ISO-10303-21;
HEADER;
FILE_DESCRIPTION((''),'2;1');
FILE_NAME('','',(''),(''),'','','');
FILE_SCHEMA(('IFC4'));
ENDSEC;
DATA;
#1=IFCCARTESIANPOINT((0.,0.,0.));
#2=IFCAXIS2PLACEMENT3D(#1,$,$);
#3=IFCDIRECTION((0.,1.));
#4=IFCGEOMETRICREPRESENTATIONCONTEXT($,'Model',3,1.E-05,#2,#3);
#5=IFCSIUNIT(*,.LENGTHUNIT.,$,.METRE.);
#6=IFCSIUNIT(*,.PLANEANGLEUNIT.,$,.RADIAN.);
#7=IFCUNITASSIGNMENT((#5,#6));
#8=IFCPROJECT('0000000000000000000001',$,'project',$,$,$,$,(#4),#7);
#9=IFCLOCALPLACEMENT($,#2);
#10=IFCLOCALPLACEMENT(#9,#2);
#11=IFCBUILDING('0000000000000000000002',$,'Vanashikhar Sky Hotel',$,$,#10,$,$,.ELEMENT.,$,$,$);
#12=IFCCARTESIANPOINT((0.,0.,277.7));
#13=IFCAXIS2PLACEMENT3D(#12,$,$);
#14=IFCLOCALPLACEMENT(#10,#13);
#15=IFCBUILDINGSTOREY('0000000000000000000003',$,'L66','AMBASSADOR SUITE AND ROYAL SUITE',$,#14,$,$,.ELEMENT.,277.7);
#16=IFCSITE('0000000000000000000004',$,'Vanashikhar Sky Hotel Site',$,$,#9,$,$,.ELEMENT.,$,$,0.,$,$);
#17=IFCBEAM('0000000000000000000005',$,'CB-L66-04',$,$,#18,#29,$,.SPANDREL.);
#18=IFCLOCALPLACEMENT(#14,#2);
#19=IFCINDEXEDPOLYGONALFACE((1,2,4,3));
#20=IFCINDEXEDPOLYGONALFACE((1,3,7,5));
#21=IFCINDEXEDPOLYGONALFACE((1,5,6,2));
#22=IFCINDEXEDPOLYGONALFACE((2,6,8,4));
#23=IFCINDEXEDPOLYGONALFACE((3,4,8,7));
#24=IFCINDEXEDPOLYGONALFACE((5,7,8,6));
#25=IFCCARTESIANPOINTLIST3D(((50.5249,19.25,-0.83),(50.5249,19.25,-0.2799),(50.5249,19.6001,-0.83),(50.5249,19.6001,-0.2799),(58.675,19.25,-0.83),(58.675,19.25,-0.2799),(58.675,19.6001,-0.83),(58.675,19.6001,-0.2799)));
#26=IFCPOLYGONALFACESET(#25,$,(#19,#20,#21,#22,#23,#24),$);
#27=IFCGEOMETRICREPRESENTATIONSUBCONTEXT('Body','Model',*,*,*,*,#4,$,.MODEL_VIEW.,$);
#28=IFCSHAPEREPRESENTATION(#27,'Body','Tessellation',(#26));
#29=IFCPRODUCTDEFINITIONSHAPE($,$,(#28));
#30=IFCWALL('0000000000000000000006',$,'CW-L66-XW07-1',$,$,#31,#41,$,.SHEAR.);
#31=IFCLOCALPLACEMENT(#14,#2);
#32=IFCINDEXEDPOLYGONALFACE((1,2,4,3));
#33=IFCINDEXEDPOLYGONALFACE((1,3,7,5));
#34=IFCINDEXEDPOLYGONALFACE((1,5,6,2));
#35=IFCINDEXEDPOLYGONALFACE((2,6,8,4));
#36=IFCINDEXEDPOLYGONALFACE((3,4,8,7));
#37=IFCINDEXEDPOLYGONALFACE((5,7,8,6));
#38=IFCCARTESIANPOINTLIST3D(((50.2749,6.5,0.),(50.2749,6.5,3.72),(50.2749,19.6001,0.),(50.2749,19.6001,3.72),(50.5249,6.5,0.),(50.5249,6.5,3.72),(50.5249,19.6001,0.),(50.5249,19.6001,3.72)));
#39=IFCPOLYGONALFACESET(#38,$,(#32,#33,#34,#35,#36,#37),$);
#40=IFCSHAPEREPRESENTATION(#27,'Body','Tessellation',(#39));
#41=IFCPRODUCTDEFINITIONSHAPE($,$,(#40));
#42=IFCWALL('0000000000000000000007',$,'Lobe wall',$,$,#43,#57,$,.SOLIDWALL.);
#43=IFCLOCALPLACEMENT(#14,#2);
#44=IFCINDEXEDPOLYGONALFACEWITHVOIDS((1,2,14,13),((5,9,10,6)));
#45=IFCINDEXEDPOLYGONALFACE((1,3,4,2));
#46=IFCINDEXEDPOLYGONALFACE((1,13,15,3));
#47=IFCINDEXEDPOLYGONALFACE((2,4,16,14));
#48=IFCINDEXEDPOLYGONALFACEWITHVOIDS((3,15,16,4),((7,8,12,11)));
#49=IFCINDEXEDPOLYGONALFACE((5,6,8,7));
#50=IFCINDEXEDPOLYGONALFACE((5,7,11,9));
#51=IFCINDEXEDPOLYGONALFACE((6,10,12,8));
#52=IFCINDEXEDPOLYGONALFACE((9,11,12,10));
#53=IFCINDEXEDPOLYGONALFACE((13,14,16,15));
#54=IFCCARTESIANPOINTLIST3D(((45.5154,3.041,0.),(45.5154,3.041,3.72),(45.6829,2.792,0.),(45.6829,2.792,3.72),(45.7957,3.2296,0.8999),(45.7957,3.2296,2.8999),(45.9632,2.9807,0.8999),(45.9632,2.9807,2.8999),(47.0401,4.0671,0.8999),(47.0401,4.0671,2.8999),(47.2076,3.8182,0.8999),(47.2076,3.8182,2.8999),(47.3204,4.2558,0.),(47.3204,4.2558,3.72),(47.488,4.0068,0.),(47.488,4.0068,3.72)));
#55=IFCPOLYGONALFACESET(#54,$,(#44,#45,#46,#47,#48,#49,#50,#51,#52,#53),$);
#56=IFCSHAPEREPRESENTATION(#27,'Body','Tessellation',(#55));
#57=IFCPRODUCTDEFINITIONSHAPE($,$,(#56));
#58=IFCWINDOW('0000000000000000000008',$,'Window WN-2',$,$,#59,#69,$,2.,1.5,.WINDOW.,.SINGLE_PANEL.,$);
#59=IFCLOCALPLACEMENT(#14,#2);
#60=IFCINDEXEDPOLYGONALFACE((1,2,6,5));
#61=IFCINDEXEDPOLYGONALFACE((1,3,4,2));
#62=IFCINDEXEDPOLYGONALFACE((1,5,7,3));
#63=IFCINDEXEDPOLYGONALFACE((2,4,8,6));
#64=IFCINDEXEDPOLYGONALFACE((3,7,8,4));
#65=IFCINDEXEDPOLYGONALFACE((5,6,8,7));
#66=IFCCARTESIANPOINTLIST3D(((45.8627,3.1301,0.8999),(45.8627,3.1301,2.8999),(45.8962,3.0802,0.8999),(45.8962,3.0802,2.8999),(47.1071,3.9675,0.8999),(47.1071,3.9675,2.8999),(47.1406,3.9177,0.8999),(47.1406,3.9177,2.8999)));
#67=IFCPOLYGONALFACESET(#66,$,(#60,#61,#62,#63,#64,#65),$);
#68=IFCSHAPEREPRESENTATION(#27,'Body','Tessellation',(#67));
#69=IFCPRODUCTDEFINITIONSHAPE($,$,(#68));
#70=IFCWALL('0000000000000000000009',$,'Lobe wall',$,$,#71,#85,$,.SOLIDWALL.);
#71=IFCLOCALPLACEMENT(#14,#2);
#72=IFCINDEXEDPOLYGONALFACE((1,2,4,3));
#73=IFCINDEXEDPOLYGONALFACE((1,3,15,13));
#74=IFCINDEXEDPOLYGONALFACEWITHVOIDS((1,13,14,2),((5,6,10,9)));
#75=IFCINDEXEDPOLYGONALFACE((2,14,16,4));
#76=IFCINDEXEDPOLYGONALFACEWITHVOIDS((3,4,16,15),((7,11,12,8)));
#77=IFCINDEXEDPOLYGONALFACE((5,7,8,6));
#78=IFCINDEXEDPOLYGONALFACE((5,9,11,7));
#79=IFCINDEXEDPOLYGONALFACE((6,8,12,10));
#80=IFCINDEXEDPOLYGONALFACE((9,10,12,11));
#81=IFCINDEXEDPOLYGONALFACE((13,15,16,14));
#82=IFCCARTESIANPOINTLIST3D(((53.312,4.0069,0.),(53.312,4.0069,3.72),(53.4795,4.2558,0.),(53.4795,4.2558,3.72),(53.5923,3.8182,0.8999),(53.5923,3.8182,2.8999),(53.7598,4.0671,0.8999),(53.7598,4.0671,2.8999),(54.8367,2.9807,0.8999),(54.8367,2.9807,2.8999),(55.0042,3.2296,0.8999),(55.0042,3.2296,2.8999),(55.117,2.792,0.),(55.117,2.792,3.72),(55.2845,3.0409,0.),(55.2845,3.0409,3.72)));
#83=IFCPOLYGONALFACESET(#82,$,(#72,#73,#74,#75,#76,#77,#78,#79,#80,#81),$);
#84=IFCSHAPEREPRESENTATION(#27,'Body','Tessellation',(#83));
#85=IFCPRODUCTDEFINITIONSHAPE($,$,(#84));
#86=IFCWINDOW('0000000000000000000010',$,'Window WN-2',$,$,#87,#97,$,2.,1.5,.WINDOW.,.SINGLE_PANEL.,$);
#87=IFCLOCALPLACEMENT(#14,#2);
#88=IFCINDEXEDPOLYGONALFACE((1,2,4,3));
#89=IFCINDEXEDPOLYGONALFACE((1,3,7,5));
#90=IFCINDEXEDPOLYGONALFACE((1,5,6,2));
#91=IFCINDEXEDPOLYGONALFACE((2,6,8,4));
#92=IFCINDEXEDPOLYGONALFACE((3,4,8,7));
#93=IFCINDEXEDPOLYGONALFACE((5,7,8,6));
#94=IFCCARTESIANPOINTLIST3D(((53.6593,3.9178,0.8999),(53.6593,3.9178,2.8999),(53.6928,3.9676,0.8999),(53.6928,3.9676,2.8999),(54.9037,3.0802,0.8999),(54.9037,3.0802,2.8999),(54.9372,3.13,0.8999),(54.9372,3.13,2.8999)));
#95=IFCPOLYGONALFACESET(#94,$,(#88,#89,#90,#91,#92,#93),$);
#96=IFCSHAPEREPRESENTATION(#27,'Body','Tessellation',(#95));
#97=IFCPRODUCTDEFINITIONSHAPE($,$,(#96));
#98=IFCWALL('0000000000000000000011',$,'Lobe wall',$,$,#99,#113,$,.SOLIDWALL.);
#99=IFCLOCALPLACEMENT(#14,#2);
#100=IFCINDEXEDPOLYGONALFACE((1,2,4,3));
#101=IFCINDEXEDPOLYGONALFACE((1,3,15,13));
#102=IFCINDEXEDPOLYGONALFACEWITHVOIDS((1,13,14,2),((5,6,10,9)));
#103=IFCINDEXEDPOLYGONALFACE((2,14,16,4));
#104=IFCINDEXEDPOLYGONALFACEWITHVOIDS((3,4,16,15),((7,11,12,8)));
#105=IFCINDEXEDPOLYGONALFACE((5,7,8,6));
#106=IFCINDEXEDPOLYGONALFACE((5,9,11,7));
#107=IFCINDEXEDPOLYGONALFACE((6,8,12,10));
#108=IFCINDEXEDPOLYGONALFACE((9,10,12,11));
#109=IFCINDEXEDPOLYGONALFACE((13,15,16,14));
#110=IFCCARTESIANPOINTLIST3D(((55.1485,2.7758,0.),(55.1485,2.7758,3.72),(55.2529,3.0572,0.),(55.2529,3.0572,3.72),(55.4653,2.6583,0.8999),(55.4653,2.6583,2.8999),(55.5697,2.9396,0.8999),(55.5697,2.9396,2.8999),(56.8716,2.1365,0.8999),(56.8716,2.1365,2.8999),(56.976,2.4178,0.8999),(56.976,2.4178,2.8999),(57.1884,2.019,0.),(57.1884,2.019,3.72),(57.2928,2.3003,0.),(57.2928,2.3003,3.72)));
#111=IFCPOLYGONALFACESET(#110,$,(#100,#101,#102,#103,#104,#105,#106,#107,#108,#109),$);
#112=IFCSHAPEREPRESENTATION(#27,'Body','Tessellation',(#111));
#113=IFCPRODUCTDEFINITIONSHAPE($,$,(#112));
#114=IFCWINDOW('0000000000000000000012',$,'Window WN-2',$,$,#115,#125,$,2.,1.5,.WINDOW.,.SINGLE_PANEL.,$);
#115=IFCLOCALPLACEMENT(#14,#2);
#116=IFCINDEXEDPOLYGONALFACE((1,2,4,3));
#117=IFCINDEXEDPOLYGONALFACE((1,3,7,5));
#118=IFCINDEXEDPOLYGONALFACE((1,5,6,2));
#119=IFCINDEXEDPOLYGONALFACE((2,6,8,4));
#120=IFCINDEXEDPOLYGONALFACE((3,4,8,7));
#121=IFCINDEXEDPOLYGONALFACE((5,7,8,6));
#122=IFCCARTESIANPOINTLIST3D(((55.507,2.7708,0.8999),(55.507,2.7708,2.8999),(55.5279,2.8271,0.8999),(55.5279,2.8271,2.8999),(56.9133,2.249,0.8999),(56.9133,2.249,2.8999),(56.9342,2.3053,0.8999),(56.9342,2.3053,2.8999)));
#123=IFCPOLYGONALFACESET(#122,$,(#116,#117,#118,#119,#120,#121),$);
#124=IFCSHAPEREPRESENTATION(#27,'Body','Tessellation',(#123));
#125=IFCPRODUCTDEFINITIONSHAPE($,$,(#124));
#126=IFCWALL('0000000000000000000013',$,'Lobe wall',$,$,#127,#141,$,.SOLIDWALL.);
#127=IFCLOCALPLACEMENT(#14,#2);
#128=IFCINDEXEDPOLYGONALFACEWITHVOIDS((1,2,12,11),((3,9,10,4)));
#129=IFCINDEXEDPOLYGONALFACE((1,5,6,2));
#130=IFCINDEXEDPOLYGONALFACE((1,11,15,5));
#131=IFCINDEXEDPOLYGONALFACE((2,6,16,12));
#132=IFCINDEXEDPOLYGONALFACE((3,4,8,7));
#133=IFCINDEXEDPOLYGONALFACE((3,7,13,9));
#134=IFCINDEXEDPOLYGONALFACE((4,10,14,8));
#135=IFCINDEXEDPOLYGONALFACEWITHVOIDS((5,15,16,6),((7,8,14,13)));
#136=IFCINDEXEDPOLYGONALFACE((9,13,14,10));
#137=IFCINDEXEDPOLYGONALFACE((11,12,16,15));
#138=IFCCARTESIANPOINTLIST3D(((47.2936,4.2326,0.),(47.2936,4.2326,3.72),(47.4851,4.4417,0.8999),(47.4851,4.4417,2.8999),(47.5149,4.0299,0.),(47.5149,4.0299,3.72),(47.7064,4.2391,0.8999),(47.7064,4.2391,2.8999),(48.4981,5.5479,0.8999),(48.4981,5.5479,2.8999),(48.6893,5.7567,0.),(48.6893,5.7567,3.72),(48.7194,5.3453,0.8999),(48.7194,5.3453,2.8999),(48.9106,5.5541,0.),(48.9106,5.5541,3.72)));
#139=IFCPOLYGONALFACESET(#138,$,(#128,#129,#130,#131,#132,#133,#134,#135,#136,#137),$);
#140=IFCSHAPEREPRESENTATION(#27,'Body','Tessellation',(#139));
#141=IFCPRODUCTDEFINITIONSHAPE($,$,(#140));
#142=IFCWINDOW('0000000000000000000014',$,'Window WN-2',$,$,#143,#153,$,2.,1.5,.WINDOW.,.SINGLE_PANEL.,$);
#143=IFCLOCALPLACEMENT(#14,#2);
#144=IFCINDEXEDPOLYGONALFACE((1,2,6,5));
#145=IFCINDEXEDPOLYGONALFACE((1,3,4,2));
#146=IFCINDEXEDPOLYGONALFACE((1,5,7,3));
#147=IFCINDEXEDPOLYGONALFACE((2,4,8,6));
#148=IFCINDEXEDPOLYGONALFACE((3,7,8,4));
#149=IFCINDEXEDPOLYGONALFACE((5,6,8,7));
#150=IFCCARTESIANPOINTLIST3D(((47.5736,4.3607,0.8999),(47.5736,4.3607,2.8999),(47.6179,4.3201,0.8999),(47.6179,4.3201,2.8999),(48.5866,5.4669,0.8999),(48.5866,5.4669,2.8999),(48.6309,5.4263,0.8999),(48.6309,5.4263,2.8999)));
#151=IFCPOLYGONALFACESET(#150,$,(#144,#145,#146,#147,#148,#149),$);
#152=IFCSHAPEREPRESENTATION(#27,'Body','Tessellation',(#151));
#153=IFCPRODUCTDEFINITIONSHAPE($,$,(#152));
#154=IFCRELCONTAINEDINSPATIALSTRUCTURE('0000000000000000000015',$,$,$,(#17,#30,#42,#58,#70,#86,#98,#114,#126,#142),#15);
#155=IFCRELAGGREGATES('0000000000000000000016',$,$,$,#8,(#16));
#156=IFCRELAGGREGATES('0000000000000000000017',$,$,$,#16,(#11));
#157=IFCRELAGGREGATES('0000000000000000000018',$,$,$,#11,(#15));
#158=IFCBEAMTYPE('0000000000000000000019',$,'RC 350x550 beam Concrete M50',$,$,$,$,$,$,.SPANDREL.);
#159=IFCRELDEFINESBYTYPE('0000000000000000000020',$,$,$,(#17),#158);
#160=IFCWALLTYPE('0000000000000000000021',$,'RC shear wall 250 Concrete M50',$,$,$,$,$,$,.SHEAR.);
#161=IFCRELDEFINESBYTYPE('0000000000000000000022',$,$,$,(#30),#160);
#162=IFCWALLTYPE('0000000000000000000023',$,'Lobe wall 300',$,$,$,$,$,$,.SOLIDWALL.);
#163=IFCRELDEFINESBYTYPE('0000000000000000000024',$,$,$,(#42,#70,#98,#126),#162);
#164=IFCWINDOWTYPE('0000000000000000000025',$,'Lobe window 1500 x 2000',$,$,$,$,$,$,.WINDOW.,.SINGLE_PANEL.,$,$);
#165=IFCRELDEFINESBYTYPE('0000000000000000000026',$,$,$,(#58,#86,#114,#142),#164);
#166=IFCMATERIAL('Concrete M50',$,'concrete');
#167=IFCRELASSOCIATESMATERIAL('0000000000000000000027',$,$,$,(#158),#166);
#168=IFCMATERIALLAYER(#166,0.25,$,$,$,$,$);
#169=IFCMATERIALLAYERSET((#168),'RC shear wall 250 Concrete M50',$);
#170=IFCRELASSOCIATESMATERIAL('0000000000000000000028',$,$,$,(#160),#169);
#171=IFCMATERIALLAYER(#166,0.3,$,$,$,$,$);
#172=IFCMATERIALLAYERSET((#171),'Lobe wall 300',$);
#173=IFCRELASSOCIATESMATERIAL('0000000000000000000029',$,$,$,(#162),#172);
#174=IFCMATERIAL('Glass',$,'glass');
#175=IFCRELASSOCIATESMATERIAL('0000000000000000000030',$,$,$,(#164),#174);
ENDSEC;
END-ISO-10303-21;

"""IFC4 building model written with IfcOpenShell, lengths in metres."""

from ifc_helpers import new_model, si_unit, direction, frame, frame_2d, origin, origin_2d, place, context, subcontext, project, spatial, rectangle, extrude, source, transform, mapped, material, layer, layer_set, material_profile, profile_set, type_object, element, fill, save


model = new_model("IFC4")

# Units and contexts
model_context = context("Model", 3, precision=1e-05, world=origin(), true_north=direction((0.0, 1.0)))
body_context = subcontext(model_context, "Body", "Model", "MODEL_VIEW")
ifc_project = project(units=[si_unit("LENGTHUNIT", "METRE"), si_unit("PLANEANGLEUNIT", "RADIAN")], contexts=[model_context])

# Site, building, storey
site_placement = place(None, origin())
site = spatial("IfcSite", under=ifc_project, at=site_placement, Name="Vanashikhar Sky Hotel Site", CompositionType="ELEMENT", RefElevation=0.0)
building_placement = place(site_placement, origin())
building = spatial("IfcBuilding", under=site, at=building_placement, Name="Vanashikhar Sky Hotel", CompositionType="ELEMENT")
storey_placement = place(building_placement, frame((0.0, 0.0, 277.7)))
storey = spatial("IfcBuildingStorey", under=building, at=storey_placement, Name="L66", Description="AMBASSADOR SUITE AND ROYAL SUITE", CompositionType="ELEMENT", Elevation=277.7)

# Beam
ifc_material_1 = material(Name="Concrete M50", Category="concrete")
ifc_material_profile_1 = material_profile(ifc_material_1, rectangle(XDim=0.3501, YDim=0.55, at=origin_2d()))
ifc_profile_set_1 = profile_set([ifc_material_profile_1], Name="RC 350x550 beam Concrete M50")
beam_type = type_object("IfcBeamType", Name="RC 350x550 beam Concrete M50", PredefinedType="SPANDREL", material=ifc_profile_set_1)
shared_shape_1 = source(origin(), body_context, "Body", "SweptSolid", [
    extrude(rectangle(XDim=0.3501, YDim=0.55, at=origin_2d()), origin(), (0.0, 0.0, 1.0), 8.1501),
])
beam_placement = place(storey_placement, frame((50.5249, 19.425, -0.5549), z_axis=(1.0, 0.0, 0.0), x_axis=(0.0, 1.0, 0.0)))
element("IfcBeam", 1, at=beam_placement, inside=storey, type_object=beam_type, Name="CB-L66-04", PredefinedType="SPANDREL", context=body_context, shape_type="MappedRepresentation", body=[
    mapped(shared_shape_1, transform((0.0, 0.0, 0.0), scale=1.0)),
])

# Wall
ifc_layer_1 = layer(ifc_material_1, 0.25)
ifc_layer_set_1 = layer_set([ifc_layer_1], Name="RC shear wall 250 Concrete M50")
wall_type_1 = type_object("IfcWallType", Name="RC shear wall 250 Concrete M50", PredefinedType="SHEAR", material=ifc_layer_set_1)
shared_shape_2 = source(origin(), body_context, "Body", "SweptSolid", [
    extrude(rectangle(XDim=13.1001, YDim=0.25, at=frame_2d((6.55, 0.0))), origin(), (0.0, 0.0, 1.0), 3.72),
])
wall_1_placement = place(storey_placement, frame((50.3999, 6.5, 0.0), z_axis=(0.0, 0.0, 1.0), x_axis=(0.0, 1.0, 0.0)))
element("IfcWall", 2, at=wall_1_placement, inside=storey, type_object=wall_type_1, Name="CW-L66-XW07-1", PredefinedType="SHEAR", context=body_context, shape_type="MappedRepresentation", body=[
    mapped(shared_shape_2, transform((0.0, 0.0, 0.0), scale=1.0)),
])

# Walls, openings, windows
ifc_layer_2 = layer(ifc_material_1, 0.3)
ifc_layer_set_2 = layer_set([ifc_layer_2], Name="Lobe wall 300")
wall_type_2 = type_object("IfcWallType", Name="Lobe wall 300", PredefinedType="SOLIDWALL", material=ifc_layer_set_2)
shared_shape_3 = source(origin(), body_context, "Body", "SweptSolid", [
    extrude(rectangle(XDim=2.1758, YDim=0.3, at=frame_2d((1.0879, 0.0))), origin(), (0.0, 0.0, 1.0), 3.72),
])
wall_2_placement = place(storey_placement, frame((45.5991, 2.9165, 0.0), z_axis=(0.0, 0.0, 1.0), x_axis=(0.829626, 0.55832, 0.0)))
wall_2 = element("IfcWall", 3, at=wall_2_placement, inside=storey, type_object=wall_type_2, Name="Lobe wall", PredefinedType="SOLIDWALL", context=body_context, shape_type="MappedRepresentation", body=[
    mapped(shared_shape_3, transform((0.0, 0.0, 0.0), scale=1.0)),
])
shared_shape_4 = source(origin(), body_context, "Body", "SweptSolid", [
    extrude(rectangle(XDim=1.5, YDim=2.0, at=frame_2d((0.75, 1.0))), frame((0.0, 0.1602, 0.0), z_axis=(0.0, -1.0, 0.0), x_axis=(1.0, 0.0, 0.0)), (0.0, 0.0, 1.0), 0.3201),
])
opening_1_placement = place(wall_2_placement, frame((0.3379, 0.0, 0.8999)))
opening_1 = element("IfcOpeningElement", 4, at=opening_1_placement, cuts=wall_2, PredefinedType="OPENING", context=body_context, shape_type="MappedRepresentation", body=[
    mapped(shared_shape_4, transform((0.0, 0.0, 0.0), scale=1.0)),
])
ifc_material_2 = material(Name="Glass", Category="glass")
window_type = type_object("IfcWindowType", Name="Lobe window 1500 x 2000", PartitioningType="SINGLE_PANEL", PredefinedType="WINDOW", material=ifc_material_2)
shared_shape_5 = source(origin(), body_context, "Body", "SweptSolid", [
    extrude(rectangle(XDim=1.5, YDim=2.0, at=frame_2d((0.75, 1.0))), frame((0.0, 0.03, 0.0), z_axis=(0.0, -1.0, 0.0), x_axis=(1.0, 0.0, 0.0)), (0.0, 0.0, 1.0), 0.0601),
])
window_1_placement = place(opening_1_placement, origin())
window_1 = element("IfcWindow", 5, at=window_1_placement, inside=storey, type_object=window_type, Name="Window WN-2", OverallHeight=2.0, OverallWidth=1.5, PartitioningType="SINGLE_PANEL", PredefinedType="WINDOW", context=body_context, shape_type="MappedRepresentation", body=[
    mapped(shared_shape_5, transform((0.0, 0.0, 0.0), scale=1.0)),
])
fill(opening_1, window_1)
wall_3_placement = place(storey_placement, frame((53.3958, 4.1313, 0.0), z_axis=(0.0, 0.0, 1.0), x_axis=(0.829591, -0.558372, 0.0)))
wall_3 = element("IfcWall", 6, at=wall_3_placement, inside=storey, type_object=wall_type_2, Name="Lobe wall", PredefinedType="SOLIDWALL", context=body_context, shape_type="MappedRepresentation", body=[
    mapped(shared_shape_3, transform((0.0, 0.0, 0.0), scale=1.0)),
])
opening_2_placement = place(wall_3_placement, frame((0.3379, 0.0, 0.8999)))
opening_2 = element("IfcOpeningElement", 7, at=opening_2_placement, cuts=wall_3, PredefinedType="OPENING", context=body_context, shape_type="MappedRepresentation", body=[
    mapped(shared_shape_4, transform((0.0, 0.0, 0.0), scale=1.0)),
])
window_2_placement = place(opening_2_placement, origin())
window_2 = element("IfcWindow", 8, at=window_2_placement, inside=storey, type_object=window_type, Name="Window WN-2", OverallHeight=2.0, OverallWidth=1.5, PartitioningType="SINGLE_PANEL", PredefinedType="WINDOW", context=body_context, shape_type="MappedRepresentation", body=[
    mapped(shared_shape_5, transform((0.0, 0.0, 0.0), scale=1.0)),
])
fill(opening_2, window_2)
wall_4_placement = place(storey_placement, frame((55.2007, 2.9165, 0.0), z_axis=(0.0, 0.0, 1.0), x_axis=(0.937546, -0.347863, 0.0)))
wall_4 = element("IfcWall", 9, at=wall_4_placement, inside=storey, type_object=wall_type_2, Name="Lobe wall", PredefinedType="SOLIDWALL", context=body_context, shape_type="MappedRepresentation", body=[
    mapped(shared_shape_3, transform((0.0, 0.0, 0.0), scale=1.0)),
])
opening_3_placement = place(wall_4_placement, frame((0.3379, 0.0, 0.8999)))
opening_3 = element("IfcOpeningElement", 10, at=opening_3_placement, cuts=wall_4, PredefinedType="OPENING", context=body_context, shape_type="MappedRepresentation", body=[
    mapped(shared_shape_4, transform((0.0, 0.0, 0.0), scale=1.0)),
])
window_3_placement = place(opening_3_placement, origin())
window_3 = element("IfcWindow", 11, at=window_3_placement, inside=storey, type_object=window_type, Name="Window WN-2", OverallHeight=2.0, OverallWidth=1.5, PartitioningType="SINGLE_PANEL", PredefinedType="WINDOW", context=body_context, shape_type="MappedRepresentation", body=[
    mapped(shared_shape_5, transform((0.0, 0.0, 0.0), scale=1.0)),
])
fill(opening_3, window_3)
shared_shape_6 = source(origin(), body_context, "Body", "SweptSolid", [
    extrude(rectangle(XDim=2.0667, YDim=0.3, at=frame_2d((1.0332, 0.0))), origin(), (0.0, 0.0, 1.0), 3.72),
])
wall_5_placement = place(storey_placement, frame((47.4043, 4.1313, 0.0), z_axis=(0.0, 0.0, 1.0), x_axis=(0.675355, 0.737492, 0.0)))
wall_5 = element("IfcWall", 12, at=wall_5_placement, inside=storey, type_object=wall_type_2, Name="Lobe wall", PredefinedType="SOLIDWALL", context=body_context, shape_type="MappedRepresentation", body=[
    mapped(shared_shape_6, transform((0.0, 0.0, 0.0), scale=1.0)),
])
opening_4_placement = place(wall_5_placement, frame((0.2834, 0.0, 0.8999)))
opening_4 = element("IfcOpeningElement", 13, at=opening_4_placement, cuts=wall_5, PredefinedType="OPENING", context=body_context, shape_type="MappedRepresentation", body=[
    mapped(shared_shape_4, transform((0.0, 0.0, 0.0), scale=1.0)),
])
window_4_placement = place(opening_4_placement, origin())
window_4 = element("IfcWindow", 14, at=window_4_placement, inside=storey, type_object=window_type, Name="Window WN-2", OverallHeight=2.0, OverallWidth=1.5, PartitioningType="SINGLE_PANEL", PredefinedType="WINDOW", context=body_context, shape_type="MappedRepresentation", body=[
    mapped(shared_shape_5, transform((0.0, 0.0, 0.0), scale=1.0)),
])
fill(opening_4, window_4)

save(model, "model.ifc")
